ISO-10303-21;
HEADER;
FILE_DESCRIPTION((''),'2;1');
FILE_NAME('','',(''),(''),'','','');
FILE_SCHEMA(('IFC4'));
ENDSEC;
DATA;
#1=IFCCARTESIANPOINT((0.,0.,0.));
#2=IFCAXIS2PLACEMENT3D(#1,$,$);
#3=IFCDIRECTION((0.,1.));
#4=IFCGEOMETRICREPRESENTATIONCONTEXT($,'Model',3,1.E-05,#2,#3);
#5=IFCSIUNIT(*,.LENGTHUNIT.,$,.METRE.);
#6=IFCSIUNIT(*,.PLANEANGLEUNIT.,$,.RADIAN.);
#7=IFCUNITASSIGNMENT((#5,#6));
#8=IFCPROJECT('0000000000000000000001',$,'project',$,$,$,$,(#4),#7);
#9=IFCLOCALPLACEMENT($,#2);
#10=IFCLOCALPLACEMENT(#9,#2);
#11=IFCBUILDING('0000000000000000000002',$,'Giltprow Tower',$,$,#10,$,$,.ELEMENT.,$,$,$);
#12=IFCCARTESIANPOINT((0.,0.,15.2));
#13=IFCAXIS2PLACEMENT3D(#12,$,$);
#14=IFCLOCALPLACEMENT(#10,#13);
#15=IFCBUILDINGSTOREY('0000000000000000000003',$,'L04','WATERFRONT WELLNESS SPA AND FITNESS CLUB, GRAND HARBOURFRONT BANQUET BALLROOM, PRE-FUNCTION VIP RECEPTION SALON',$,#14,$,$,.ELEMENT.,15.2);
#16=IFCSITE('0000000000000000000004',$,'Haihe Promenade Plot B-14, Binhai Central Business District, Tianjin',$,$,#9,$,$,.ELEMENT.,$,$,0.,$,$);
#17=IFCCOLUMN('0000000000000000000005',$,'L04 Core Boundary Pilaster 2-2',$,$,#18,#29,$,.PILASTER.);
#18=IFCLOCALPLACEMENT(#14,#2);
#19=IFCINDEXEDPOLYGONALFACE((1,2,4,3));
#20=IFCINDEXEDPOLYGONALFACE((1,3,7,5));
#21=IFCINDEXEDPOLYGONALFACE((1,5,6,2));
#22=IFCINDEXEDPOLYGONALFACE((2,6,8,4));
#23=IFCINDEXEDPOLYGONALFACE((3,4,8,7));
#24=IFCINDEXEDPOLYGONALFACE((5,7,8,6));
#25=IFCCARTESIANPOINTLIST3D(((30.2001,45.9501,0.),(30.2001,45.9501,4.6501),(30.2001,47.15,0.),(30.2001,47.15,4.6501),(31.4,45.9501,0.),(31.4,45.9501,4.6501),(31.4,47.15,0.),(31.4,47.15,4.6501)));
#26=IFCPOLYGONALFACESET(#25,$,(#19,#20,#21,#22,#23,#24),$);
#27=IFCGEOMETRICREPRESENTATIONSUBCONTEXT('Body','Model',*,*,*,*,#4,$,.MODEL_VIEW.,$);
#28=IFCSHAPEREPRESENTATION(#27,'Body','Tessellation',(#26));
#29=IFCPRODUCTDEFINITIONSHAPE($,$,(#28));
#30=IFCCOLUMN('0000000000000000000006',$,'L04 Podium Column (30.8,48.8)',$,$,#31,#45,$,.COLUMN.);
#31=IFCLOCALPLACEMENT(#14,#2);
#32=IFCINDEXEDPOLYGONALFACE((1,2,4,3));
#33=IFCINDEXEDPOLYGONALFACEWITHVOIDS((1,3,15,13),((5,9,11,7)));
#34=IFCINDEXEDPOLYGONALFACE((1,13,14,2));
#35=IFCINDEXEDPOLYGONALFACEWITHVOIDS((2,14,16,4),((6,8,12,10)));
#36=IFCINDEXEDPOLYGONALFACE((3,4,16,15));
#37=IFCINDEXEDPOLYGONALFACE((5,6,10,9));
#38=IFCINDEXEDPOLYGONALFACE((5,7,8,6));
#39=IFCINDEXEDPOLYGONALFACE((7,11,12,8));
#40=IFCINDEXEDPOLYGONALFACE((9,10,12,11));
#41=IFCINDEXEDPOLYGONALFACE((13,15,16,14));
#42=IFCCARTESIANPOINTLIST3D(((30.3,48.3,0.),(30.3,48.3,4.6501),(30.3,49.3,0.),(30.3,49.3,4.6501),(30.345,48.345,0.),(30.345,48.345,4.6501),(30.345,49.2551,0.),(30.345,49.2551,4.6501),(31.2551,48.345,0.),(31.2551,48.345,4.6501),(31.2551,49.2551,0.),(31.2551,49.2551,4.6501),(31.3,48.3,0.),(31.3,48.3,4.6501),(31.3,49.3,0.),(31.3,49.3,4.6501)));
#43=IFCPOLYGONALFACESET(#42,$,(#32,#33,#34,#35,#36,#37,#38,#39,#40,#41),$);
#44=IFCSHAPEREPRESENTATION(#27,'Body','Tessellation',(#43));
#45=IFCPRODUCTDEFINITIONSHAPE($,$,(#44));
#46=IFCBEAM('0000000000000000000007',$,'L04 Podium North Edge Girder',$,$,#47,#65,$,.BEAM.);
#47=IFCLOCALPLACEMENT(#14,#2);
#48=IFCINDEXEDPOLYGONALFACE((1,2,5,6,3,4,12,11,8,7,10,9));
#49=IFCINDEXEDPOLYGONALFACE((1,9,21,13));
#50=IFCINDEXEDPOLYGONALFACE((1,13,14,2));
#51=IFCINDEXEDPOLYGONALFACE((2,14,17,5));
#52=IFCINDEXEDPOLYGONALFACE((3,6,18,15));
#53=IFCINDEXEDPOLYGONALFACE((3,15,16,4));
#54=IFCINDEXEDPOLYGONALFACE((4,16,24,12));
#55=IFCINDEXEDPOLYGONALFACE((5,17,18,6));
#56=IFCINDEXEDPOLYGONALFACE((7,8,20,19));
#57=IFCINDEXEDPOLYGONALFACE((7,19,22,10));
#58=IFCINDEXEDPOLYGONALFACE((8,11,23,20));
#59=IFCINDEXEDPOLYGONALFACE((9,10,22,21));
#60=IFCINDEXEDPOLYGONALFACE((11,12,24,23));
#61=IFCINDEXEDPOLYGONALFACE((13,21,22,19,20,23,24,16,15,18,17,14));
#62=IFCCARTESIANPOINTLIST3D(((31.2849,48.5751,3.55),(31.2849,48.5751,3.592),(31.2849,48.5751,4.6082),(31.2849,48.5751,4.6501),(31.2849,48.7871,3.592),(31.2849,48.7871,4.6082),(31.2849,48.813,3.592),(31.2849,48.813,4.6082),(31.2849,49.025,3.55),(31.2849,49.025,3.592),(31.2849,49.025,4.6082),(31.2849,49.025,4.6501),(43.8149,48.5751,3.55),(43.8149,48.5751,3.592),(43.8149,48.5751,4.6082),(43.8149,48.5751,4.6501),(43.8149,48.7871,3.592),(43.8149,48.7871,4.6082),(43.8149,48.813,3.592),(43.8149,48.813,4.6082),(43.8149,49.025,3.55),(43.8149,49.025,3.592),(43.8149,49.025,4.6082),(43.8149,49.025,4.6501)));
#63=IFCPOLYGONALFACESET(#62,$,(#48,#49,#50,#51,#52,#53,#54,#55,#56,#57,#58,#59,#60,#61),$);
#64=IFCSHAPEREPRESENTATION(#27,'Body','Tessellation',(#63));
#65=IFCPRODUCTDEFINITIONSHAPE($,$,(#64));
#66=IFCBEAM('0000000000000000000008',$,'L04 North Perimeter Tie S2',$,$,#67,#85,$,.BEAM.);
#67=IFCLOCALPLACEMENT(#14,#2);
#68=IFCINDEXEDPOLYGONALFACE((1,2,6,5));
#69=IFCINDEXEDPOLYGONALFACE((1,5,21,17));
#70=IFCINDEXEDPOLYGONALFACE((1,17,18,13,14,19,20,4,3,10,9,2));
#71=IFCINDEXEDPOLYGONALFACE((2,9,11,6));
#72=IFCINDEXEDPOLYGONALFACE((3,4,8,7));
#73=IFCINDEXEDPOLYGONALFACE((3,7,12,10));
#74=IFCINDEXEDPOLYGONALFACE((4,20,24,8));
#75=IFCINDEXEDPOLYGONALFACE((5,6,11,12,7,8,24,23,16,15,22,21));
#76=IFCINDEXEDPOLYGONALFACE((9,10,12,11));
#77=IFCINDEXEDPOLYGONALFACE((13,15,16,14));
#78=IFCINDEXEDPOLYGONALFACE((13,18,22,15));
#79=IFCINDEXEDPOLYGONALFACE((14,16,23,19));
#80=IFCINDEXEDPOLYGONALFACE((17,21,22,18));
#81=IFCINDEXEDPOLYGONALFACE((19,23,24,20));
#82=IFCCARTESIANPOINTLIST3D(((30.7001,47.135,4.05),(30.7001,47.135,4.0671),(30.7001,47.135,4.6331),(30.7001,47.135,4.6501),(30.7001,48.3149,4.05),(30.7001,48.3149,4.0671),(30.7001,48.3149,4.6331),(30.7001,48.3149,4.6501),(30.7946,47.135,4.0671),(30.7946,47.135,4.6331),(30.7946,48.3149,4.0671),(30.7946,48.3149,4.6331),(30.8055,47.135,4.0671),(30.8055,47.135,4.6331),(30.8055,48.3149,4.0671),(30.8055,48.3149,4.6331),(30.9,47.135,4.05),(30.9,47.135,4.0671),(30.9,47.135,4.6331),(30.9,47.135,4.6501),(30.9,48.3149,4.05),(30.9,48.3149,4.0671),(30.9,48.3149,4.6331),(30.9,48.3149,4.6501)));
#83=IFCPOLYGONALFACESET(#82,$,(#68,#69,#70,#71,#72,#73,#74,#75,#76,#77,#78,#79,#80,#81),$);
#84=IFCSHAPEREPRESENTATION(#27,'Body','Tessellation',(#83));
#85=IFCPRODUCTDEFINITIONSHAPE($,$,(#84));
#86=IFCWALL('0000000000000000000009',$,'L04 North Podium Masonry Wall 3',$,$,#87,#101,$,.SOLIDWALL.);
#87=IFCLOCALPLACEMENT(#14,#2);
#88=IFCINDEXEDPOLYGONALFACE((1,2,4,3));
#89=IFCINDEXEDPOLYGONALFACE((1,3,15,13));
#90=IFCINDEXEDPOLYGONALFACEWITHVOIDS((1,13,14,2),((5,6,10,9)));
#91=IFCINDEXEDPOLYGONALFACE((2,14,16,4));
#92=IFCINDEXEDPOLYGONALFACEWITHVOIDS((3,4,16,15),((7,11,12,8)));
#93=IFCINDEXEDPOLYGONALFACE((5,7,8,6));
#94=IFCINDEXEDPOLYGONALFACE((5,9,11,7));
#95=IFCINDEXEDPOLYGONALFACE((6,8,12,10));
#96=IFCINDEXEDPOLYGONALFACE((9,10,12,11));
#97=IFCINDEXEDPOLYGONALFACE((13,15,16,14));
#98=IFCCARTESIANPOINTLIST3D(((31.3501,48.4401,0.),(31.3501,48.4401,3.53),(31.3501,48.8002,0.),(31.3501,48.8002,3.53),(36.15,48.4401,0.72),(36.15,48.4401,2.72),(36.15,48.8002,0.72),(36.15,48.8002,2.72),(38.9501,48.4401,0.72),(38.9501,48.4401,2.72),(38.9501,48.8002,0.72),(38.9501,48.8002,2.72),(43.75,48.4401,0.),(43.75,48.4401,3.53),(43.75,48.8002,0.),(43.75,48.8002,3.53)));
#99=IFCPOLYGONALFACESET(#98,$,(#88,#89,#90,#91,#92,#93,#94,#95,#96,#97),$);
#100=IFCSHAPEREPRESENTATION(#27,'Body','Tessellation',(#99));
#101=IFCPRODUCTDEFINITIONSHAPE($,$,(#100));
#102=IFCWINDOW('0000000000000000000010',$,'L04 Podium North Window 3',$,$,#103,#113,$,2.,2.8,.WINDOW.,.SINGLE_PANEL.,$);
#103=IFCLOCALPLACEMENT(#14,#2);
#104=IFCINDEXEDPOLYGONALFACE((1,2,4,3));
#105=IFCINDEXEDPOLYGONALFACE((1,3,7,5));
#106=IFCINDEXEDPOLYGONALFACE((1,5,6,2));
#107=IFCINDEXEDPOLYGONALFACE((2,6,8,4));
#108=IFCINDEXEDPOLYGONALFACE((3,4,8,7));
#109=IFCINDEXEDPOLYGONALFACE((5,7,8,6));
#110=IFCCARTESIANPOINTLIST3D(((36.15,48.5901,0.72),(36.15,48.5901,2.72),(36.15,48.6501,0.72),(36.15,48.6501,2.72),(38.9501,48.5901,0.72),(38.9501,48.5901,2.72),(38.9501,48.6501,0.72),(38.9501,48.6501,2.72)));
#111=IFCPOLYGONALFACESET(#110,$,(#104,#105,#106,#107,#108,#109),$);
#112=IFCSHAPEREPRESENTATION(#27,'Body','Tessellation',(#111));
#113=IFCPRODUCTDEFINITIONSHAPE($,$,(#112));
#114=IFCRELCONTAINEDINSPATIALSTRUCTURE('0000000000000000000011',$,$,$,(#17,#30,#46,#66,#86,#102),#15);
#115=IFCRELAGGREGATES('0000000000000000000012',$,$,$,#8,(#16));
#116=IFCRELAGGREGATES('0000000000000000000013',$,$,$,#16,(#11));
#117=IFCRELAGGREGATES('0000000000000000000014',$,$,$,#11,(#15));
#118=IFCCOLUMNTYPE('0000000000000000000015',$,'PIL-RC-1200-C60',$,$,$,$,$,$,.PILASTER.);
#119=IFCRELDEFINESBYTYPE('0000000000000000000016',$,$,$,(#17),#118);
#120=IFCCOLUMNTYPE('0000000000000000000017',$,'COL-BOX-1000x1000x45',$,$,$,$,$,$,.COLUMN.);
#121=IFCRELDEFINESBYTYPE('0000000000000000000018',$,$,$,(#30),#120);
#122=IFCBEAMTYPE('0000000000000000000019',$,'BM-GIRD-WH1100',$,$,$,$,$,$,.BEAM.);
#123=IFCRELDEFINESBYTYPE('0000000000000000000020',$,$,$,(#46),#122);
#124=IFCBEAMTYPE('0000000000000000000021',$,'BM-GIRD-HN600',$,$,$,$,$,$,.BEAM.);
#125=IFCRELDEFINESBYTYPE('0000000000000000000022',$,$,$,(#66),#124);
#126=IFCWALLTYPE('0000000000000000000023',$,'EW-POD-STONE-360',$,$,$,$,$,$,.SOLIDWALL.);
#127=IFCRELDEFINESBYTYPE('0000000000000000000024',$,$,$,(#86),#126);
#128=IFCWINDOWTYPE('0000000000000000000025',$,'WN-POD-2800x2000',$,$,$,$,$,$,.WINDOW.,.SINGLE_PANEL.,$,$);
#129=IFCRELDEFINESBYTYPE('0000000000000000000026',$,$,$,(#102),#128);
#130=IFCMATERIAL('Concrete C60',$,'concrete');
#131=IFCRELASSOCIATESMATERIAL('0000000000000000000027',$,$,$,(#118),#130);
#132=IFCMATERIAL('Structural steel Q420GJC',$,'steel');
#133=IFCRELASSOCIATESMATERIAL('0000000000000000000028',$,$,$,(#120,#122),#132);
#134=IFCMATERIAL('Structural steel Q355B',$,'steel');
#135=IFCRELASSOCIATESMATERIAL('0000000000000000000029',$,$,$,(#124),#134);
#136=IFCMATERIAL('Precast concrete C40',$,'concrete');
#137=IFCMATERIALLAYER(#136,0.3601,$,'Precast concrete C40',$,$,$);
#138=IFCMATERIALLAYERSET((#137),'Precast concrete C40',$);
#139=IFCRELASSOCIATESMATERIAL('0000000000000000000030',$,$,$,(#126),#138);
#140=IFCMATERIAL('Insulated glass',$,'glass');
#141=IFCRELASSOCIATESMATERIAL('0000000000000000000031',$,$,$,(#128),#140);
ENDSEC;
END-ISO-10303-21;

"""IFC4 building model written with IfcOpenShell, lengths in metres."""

from ifc_helpers import new_model, si_unit, direction, frame, frame_2d, origin, origin_2d, place, context, subcontext, project, spatial, rectangle, hollow_rectangle, i_section, extrude, source, transform, mapped, material, layer, layer_set, material_profile, profile_set, type_object, element, fill, save


model = new_model("IFC4")

# Units and contexts
model_context = context("Model", 3, precision=1e-05, world=origin(), true_north=direction((0.0, 1.0)))
body_context = subcontext(model_context, "Body", "Model", "MODEL_VIEW")
ifc_project = project(units=[si_unit("LENGTHUNIT", "METRE"), si_unit("PLANEANGLEUNIT", "RADIAN")], contexts=[model_context])

# Site, building, storey
site_placement = place(None, origin())
site = spatial("IfcSite", under=ifc_project, at=site_placement, Name="Haihe Promenade Plot B-14, Binhai Central Business District, Tianjin", CompositionType="ELEMENT", RefElevation=0.0)
building_placement = place(site_placement, origin())
building = spatial("IfcBuilding", under=site, at=building_placement, Name="Giltprow Tower", CompositionType="ELEMENT")
storey_placement = place(building_placement, frame((0.0, 0.0, 15.2)))
storey = spatial("IfcBuildingStorey", under=building, at=storey_placement, Name="L04", Description="WATERFRONT WELLNESS SPA AND FITNESS CLUB, GRAND HARBOURFRONT BANQUET BALLROOM, PRE-FUNCTION VIP RECEPTION SALON", CompositionType="ELEMENT", Elevation=15.2)

# Columns
ifc_material_1 = material(Name="Concrete C60", Category="concrete")
ifc_material_profile_1 = material_profile(ifc_material_1, rectangle(XDim=1.2, YDim=1.2, at=origin_2d()), Name="RC 1200x1200")
ifc_profile_set_1 = profile_set([ifc_material_profile_1], Name="Concrete C60")
column_type_1 = type_object("IfcColumnType", Name="PIL-RC-1200-C60", PredefinedType="PILASTER", material=ifc_profile_set_1)
shared_shape_1 = source(origin(), body_context, "Body", "SweptSolid", [
    extrude(rectangle(XDim=1.2, YDim=1.2, at=origin_2d()), origin(), (0.0, 0.0, 1.0), 4.6501),
])
column_1_placement = place(storey_placement, frame((30.8, 46.55, 0.0), z_axis=(0.0, 0.0, 1.0), x_axis=(1.0, 0.0, 0.0)))
element("IfcColumn", 1, at=column_1_placement, inside=storey, type_object=column_type_1, Name="L04 Core Boundary Pilaster 2-2", PredefinedType="PILASTER", context=body_context, shape_type="MappedRepresentation", body=[
    mapped(shared_shape_1, transform((0.0, 0.0, 0.0), x_axis=(1.0, 0.0, 0.0), y_axis=(0.0, 1.0, 0.0), z_axis=(0.0, 0.0, 1.0), scale=1.0)),
])
ifc_material_2 = material(Name="Structural steel Q420GJC", Category="steel")
ifc_material_profile_2 = material_profile(ifc_material_2, hollow_rectangle(XDim=1.0, YDim=1.0, WallThickness=0.0449, at=origin_2d()), Name="BOX 1000x1000x45")
ifc_profile_set_2 = profile_set([ifc_material_profile_2], Name="Structural steel Q420GJC")
column_type_2 = type_object("IfcColumnType", Name="COL-BOX-1000x1000x45", PredefinedType="COLUMN", material=ifc_profile_set_2)
shared_shape_2 = source(origin(), body_context, "Body", "SweptSolid", [
    extrude(hollow_rectangle(XDim=1.0, YDim=1.0, WallThickness=0.0449, at=origin_2d()), origin(), (0.0, 0.0, 1.0), 4.6501),
])
column_2_placement = place(storey_placement, frame((30.8, 48.8, 0.0), z_axis=(0.0, 0.0, 1.0), x_axis=(1.0, 0.0, 0.0)))
element("IfcColumn", 2, at=column_2_placement, inside=storey, type_object=column_type_2, Name="L04 Podium Column (30.8,48.8)", PredefinedType="COLUMN", context=body_context, shape_type="MappedRepresentation", body=[
    mapped(shared_shape_2, transform((0.0, 0.0, 0.0), x_axis=(1.0, 0.0, 0.0), y_axis=(0.0, 1.0, 0.0), z_axis=(0.0, 0.0, 1.0), scale=1.0)),
])

# Beams
ifc_material_profile_3 = material_profile(ifc_material_2, i_section(OverallWidth=0.45, OverallDepth=1.1001, WebThickness=0.0259, FlangeThickness=0.042, at=origin_2d()), Name="WH 1100x450x26x42")
ifc_profile_set_3 = profile_set([ifc_material_profile_3], Name="Structural steel Q420GJC")
beam_type_1 = type_object("IfcBeamType", Name="BM-GIRD-WH1100", PredefinedType="BEAM", material=ifc_profile_set_3)
shared_shape_3 = source(origin(), body_context, "Body", "SweptSolid", [
    extrude(i_section(OverallWidth=0.45, OverallDepth=1.1001, WebThickness=0.0259, FlangeThickness=0.042, at=origin_2d()), origin(), (0.0, 0.0, 1.0), 12.53),
])
beam_1_placement = place(storey_placement, frame((31.2849, 48.8, 4.1001), z_axis=(1.0, 0.0, 0.0), x_axis=(0.0, 1.0, 0.0)))
element("IfcBeam", 3, at=beam_1_placement, inside=storey, type_object=beam_type_1, Name="L04 Podium North Edge Girder", PredefinedType="BEAM", context=body_context, shape_type="MappedRepresentation", body=[
    mapped(shared_shape_3, transform((0.0, 0.0, 0.0), x_axis=(1.0, 0.0, 0.0), y_axis=(0.0, 1.0, 0.0), z_axis=(0.0, 0.0, 1.0), scale=1.0)),
])
ifc_material_3 = material(Name="Structural steel Q355B", Category="steel")
ifc_material_profile_4 = material_profile(ifc_material_3, i_section(OverallWidth=0.2, OverallDepth=0.6001, WebThickness=0.011, FlangeThickness=0.0171, at=origin_2d()), Name="HN 600x200x11x17")
ifc_profile_set_4 = profile_set([ifc_material_profile_4], Name="Structural steel Q355B")
beam_type_2 = type_object("IfcBeamType", Name="BM-GIRD-HN600", PredefinedType="BEAM", material=ifc_profile_set_4)
shared_shape_4 = source(origin(), body_context, "Body", "SweptSolid", [
    extrude(i_section(OverallWidth=0.2, OverallDepth=0.6001, WebThickness=0.011, FlangeThickness=0.0171, at=origin_2d()), origin(), (0.0, 0.0, 1.0), 1.1799),
])
beam_2_placement = place(storey_placement, frame((30.8, 47.135, 4.3501), z_axis=(0.0, 1.0, 0.0), x_axis=(-1.0, 0.0, 0.0)))
element("IfcBeam", 4, at=beam_2_placement, inside=storey, type_object=beam_type_2, Name="L04 North Perimeter Tie S2", PredefinedType="BEAM", context=body_context, shape_type="MappedRepresentation", body=[
    mapped(shared_shape_4, transform((0.0, 0.0, 0.0), x_axis=(1.0, 0.0, 0.0), y_axis=(0.0, 1.0, 0.0), z_axis=(0.0, 0.0, 1.0), scale=1.0)),
])

# Wall, opening, window
ifc_material_4 = material(Name="Precast concrete C40", Category="concrete")
ifc_layer_1 = layer(ifc_material_4, 0.3601, Name="Precast concrete C40")
ifc_layer_set_1 = layer_set([ifc_layer_1], Name="Precast concrete C40")
wall_type_1 = type_object("IfcWallType", Name="EW-POD-STONE-360", PredefinedType="SOLIDWALL", material=ifc_layer_set_1)
wall_1_placement = place(storey_placement, frame((31.3501, 48.6201, 0.0), z_axis=(0.0, 0.0, 1.0), x_axis=(1.0, 0.0, 0.0)))
wall_1 = element("IfcWall", 5, at=wall_1_placement, inside=storey, type_object=wall_type_1, Name="L04 North Podium Masonry Wall 3", PredefinedType="SOLIDWALL", context=body_context, shape_type="SweptSolid", body=[
    extrude(rectangle(XDim=12.3999, YDim=0.3601, at=frame_2d((6.2, 0.0))), origin(), (0.0, 0.0, 1.0), 3.53),
])
opening_1_placement = place(wall_1_placement, frame((4.8, 0.0, 0.72)))
opening_1 = element("IfcOpeningElement", 6, at=opening_1_placement, cuts=wall_1, PredefinedType="OPENING", context=body_context, shape_type="SweptSolid", body=[
    extrude(rectangle(XDim=2.8, YDim=2.0, at=frame_2d((1.3999, 1.0))), frame((0.0, 0.1899, 0.0), z_axis=(0.0, -1.0, 0.0), x_axis=(1.0, 0.0, 0.0)), (0.0, 0.0, 1.0), 0.3801),
])
ifc_material_5 = material(Name="Insulated glass", Category="glass")
window_type = type_object("IfcWindowType", Name="WN-POD-2800x2000", PartitioningType="SINGLE_PANEL", PredefinedType="WINDOW", material=ifc_material_5)
shared_shape_5 = source(origin(), body_context, "Body", "SweptSolid", [
    extrude(rectangle(XDim=2.8, YDim=2.0, at=frame_2d((1.3999, 1.0))), frame((0.0, 0.03, 0.0), z_axis=(0.0, -1.0, 0.0), x_axis=(1.0, 0.0, 0.0)), (0.0, 0.0, 1.0), 0.0601),
])
window_placement = place(opening_1_placement, origin())
window = element("IfcWindow", 7, at=window_placement, inside=storey, type_object=window_type, Name="L04 Podium North Window 3", OverallHeight=2.0, OverallWidth=2.8, PartitioningType="SINGLE_PANEL", PredefinedType="WINDOW", context=body_context, shape_type="MappedRepresentation", body=[
    mapped(shared_shape_5, transform((0.0, 0.0, 0.0), x_axis=(1.0, 0.0, 0.0), y_axis=(0.0, 1.0, 0.0), z_axis=(0.0, 0.0, 1.0), scale=1.0)),
])
fill(opening_1, window)

save(model, "model.ifc")
